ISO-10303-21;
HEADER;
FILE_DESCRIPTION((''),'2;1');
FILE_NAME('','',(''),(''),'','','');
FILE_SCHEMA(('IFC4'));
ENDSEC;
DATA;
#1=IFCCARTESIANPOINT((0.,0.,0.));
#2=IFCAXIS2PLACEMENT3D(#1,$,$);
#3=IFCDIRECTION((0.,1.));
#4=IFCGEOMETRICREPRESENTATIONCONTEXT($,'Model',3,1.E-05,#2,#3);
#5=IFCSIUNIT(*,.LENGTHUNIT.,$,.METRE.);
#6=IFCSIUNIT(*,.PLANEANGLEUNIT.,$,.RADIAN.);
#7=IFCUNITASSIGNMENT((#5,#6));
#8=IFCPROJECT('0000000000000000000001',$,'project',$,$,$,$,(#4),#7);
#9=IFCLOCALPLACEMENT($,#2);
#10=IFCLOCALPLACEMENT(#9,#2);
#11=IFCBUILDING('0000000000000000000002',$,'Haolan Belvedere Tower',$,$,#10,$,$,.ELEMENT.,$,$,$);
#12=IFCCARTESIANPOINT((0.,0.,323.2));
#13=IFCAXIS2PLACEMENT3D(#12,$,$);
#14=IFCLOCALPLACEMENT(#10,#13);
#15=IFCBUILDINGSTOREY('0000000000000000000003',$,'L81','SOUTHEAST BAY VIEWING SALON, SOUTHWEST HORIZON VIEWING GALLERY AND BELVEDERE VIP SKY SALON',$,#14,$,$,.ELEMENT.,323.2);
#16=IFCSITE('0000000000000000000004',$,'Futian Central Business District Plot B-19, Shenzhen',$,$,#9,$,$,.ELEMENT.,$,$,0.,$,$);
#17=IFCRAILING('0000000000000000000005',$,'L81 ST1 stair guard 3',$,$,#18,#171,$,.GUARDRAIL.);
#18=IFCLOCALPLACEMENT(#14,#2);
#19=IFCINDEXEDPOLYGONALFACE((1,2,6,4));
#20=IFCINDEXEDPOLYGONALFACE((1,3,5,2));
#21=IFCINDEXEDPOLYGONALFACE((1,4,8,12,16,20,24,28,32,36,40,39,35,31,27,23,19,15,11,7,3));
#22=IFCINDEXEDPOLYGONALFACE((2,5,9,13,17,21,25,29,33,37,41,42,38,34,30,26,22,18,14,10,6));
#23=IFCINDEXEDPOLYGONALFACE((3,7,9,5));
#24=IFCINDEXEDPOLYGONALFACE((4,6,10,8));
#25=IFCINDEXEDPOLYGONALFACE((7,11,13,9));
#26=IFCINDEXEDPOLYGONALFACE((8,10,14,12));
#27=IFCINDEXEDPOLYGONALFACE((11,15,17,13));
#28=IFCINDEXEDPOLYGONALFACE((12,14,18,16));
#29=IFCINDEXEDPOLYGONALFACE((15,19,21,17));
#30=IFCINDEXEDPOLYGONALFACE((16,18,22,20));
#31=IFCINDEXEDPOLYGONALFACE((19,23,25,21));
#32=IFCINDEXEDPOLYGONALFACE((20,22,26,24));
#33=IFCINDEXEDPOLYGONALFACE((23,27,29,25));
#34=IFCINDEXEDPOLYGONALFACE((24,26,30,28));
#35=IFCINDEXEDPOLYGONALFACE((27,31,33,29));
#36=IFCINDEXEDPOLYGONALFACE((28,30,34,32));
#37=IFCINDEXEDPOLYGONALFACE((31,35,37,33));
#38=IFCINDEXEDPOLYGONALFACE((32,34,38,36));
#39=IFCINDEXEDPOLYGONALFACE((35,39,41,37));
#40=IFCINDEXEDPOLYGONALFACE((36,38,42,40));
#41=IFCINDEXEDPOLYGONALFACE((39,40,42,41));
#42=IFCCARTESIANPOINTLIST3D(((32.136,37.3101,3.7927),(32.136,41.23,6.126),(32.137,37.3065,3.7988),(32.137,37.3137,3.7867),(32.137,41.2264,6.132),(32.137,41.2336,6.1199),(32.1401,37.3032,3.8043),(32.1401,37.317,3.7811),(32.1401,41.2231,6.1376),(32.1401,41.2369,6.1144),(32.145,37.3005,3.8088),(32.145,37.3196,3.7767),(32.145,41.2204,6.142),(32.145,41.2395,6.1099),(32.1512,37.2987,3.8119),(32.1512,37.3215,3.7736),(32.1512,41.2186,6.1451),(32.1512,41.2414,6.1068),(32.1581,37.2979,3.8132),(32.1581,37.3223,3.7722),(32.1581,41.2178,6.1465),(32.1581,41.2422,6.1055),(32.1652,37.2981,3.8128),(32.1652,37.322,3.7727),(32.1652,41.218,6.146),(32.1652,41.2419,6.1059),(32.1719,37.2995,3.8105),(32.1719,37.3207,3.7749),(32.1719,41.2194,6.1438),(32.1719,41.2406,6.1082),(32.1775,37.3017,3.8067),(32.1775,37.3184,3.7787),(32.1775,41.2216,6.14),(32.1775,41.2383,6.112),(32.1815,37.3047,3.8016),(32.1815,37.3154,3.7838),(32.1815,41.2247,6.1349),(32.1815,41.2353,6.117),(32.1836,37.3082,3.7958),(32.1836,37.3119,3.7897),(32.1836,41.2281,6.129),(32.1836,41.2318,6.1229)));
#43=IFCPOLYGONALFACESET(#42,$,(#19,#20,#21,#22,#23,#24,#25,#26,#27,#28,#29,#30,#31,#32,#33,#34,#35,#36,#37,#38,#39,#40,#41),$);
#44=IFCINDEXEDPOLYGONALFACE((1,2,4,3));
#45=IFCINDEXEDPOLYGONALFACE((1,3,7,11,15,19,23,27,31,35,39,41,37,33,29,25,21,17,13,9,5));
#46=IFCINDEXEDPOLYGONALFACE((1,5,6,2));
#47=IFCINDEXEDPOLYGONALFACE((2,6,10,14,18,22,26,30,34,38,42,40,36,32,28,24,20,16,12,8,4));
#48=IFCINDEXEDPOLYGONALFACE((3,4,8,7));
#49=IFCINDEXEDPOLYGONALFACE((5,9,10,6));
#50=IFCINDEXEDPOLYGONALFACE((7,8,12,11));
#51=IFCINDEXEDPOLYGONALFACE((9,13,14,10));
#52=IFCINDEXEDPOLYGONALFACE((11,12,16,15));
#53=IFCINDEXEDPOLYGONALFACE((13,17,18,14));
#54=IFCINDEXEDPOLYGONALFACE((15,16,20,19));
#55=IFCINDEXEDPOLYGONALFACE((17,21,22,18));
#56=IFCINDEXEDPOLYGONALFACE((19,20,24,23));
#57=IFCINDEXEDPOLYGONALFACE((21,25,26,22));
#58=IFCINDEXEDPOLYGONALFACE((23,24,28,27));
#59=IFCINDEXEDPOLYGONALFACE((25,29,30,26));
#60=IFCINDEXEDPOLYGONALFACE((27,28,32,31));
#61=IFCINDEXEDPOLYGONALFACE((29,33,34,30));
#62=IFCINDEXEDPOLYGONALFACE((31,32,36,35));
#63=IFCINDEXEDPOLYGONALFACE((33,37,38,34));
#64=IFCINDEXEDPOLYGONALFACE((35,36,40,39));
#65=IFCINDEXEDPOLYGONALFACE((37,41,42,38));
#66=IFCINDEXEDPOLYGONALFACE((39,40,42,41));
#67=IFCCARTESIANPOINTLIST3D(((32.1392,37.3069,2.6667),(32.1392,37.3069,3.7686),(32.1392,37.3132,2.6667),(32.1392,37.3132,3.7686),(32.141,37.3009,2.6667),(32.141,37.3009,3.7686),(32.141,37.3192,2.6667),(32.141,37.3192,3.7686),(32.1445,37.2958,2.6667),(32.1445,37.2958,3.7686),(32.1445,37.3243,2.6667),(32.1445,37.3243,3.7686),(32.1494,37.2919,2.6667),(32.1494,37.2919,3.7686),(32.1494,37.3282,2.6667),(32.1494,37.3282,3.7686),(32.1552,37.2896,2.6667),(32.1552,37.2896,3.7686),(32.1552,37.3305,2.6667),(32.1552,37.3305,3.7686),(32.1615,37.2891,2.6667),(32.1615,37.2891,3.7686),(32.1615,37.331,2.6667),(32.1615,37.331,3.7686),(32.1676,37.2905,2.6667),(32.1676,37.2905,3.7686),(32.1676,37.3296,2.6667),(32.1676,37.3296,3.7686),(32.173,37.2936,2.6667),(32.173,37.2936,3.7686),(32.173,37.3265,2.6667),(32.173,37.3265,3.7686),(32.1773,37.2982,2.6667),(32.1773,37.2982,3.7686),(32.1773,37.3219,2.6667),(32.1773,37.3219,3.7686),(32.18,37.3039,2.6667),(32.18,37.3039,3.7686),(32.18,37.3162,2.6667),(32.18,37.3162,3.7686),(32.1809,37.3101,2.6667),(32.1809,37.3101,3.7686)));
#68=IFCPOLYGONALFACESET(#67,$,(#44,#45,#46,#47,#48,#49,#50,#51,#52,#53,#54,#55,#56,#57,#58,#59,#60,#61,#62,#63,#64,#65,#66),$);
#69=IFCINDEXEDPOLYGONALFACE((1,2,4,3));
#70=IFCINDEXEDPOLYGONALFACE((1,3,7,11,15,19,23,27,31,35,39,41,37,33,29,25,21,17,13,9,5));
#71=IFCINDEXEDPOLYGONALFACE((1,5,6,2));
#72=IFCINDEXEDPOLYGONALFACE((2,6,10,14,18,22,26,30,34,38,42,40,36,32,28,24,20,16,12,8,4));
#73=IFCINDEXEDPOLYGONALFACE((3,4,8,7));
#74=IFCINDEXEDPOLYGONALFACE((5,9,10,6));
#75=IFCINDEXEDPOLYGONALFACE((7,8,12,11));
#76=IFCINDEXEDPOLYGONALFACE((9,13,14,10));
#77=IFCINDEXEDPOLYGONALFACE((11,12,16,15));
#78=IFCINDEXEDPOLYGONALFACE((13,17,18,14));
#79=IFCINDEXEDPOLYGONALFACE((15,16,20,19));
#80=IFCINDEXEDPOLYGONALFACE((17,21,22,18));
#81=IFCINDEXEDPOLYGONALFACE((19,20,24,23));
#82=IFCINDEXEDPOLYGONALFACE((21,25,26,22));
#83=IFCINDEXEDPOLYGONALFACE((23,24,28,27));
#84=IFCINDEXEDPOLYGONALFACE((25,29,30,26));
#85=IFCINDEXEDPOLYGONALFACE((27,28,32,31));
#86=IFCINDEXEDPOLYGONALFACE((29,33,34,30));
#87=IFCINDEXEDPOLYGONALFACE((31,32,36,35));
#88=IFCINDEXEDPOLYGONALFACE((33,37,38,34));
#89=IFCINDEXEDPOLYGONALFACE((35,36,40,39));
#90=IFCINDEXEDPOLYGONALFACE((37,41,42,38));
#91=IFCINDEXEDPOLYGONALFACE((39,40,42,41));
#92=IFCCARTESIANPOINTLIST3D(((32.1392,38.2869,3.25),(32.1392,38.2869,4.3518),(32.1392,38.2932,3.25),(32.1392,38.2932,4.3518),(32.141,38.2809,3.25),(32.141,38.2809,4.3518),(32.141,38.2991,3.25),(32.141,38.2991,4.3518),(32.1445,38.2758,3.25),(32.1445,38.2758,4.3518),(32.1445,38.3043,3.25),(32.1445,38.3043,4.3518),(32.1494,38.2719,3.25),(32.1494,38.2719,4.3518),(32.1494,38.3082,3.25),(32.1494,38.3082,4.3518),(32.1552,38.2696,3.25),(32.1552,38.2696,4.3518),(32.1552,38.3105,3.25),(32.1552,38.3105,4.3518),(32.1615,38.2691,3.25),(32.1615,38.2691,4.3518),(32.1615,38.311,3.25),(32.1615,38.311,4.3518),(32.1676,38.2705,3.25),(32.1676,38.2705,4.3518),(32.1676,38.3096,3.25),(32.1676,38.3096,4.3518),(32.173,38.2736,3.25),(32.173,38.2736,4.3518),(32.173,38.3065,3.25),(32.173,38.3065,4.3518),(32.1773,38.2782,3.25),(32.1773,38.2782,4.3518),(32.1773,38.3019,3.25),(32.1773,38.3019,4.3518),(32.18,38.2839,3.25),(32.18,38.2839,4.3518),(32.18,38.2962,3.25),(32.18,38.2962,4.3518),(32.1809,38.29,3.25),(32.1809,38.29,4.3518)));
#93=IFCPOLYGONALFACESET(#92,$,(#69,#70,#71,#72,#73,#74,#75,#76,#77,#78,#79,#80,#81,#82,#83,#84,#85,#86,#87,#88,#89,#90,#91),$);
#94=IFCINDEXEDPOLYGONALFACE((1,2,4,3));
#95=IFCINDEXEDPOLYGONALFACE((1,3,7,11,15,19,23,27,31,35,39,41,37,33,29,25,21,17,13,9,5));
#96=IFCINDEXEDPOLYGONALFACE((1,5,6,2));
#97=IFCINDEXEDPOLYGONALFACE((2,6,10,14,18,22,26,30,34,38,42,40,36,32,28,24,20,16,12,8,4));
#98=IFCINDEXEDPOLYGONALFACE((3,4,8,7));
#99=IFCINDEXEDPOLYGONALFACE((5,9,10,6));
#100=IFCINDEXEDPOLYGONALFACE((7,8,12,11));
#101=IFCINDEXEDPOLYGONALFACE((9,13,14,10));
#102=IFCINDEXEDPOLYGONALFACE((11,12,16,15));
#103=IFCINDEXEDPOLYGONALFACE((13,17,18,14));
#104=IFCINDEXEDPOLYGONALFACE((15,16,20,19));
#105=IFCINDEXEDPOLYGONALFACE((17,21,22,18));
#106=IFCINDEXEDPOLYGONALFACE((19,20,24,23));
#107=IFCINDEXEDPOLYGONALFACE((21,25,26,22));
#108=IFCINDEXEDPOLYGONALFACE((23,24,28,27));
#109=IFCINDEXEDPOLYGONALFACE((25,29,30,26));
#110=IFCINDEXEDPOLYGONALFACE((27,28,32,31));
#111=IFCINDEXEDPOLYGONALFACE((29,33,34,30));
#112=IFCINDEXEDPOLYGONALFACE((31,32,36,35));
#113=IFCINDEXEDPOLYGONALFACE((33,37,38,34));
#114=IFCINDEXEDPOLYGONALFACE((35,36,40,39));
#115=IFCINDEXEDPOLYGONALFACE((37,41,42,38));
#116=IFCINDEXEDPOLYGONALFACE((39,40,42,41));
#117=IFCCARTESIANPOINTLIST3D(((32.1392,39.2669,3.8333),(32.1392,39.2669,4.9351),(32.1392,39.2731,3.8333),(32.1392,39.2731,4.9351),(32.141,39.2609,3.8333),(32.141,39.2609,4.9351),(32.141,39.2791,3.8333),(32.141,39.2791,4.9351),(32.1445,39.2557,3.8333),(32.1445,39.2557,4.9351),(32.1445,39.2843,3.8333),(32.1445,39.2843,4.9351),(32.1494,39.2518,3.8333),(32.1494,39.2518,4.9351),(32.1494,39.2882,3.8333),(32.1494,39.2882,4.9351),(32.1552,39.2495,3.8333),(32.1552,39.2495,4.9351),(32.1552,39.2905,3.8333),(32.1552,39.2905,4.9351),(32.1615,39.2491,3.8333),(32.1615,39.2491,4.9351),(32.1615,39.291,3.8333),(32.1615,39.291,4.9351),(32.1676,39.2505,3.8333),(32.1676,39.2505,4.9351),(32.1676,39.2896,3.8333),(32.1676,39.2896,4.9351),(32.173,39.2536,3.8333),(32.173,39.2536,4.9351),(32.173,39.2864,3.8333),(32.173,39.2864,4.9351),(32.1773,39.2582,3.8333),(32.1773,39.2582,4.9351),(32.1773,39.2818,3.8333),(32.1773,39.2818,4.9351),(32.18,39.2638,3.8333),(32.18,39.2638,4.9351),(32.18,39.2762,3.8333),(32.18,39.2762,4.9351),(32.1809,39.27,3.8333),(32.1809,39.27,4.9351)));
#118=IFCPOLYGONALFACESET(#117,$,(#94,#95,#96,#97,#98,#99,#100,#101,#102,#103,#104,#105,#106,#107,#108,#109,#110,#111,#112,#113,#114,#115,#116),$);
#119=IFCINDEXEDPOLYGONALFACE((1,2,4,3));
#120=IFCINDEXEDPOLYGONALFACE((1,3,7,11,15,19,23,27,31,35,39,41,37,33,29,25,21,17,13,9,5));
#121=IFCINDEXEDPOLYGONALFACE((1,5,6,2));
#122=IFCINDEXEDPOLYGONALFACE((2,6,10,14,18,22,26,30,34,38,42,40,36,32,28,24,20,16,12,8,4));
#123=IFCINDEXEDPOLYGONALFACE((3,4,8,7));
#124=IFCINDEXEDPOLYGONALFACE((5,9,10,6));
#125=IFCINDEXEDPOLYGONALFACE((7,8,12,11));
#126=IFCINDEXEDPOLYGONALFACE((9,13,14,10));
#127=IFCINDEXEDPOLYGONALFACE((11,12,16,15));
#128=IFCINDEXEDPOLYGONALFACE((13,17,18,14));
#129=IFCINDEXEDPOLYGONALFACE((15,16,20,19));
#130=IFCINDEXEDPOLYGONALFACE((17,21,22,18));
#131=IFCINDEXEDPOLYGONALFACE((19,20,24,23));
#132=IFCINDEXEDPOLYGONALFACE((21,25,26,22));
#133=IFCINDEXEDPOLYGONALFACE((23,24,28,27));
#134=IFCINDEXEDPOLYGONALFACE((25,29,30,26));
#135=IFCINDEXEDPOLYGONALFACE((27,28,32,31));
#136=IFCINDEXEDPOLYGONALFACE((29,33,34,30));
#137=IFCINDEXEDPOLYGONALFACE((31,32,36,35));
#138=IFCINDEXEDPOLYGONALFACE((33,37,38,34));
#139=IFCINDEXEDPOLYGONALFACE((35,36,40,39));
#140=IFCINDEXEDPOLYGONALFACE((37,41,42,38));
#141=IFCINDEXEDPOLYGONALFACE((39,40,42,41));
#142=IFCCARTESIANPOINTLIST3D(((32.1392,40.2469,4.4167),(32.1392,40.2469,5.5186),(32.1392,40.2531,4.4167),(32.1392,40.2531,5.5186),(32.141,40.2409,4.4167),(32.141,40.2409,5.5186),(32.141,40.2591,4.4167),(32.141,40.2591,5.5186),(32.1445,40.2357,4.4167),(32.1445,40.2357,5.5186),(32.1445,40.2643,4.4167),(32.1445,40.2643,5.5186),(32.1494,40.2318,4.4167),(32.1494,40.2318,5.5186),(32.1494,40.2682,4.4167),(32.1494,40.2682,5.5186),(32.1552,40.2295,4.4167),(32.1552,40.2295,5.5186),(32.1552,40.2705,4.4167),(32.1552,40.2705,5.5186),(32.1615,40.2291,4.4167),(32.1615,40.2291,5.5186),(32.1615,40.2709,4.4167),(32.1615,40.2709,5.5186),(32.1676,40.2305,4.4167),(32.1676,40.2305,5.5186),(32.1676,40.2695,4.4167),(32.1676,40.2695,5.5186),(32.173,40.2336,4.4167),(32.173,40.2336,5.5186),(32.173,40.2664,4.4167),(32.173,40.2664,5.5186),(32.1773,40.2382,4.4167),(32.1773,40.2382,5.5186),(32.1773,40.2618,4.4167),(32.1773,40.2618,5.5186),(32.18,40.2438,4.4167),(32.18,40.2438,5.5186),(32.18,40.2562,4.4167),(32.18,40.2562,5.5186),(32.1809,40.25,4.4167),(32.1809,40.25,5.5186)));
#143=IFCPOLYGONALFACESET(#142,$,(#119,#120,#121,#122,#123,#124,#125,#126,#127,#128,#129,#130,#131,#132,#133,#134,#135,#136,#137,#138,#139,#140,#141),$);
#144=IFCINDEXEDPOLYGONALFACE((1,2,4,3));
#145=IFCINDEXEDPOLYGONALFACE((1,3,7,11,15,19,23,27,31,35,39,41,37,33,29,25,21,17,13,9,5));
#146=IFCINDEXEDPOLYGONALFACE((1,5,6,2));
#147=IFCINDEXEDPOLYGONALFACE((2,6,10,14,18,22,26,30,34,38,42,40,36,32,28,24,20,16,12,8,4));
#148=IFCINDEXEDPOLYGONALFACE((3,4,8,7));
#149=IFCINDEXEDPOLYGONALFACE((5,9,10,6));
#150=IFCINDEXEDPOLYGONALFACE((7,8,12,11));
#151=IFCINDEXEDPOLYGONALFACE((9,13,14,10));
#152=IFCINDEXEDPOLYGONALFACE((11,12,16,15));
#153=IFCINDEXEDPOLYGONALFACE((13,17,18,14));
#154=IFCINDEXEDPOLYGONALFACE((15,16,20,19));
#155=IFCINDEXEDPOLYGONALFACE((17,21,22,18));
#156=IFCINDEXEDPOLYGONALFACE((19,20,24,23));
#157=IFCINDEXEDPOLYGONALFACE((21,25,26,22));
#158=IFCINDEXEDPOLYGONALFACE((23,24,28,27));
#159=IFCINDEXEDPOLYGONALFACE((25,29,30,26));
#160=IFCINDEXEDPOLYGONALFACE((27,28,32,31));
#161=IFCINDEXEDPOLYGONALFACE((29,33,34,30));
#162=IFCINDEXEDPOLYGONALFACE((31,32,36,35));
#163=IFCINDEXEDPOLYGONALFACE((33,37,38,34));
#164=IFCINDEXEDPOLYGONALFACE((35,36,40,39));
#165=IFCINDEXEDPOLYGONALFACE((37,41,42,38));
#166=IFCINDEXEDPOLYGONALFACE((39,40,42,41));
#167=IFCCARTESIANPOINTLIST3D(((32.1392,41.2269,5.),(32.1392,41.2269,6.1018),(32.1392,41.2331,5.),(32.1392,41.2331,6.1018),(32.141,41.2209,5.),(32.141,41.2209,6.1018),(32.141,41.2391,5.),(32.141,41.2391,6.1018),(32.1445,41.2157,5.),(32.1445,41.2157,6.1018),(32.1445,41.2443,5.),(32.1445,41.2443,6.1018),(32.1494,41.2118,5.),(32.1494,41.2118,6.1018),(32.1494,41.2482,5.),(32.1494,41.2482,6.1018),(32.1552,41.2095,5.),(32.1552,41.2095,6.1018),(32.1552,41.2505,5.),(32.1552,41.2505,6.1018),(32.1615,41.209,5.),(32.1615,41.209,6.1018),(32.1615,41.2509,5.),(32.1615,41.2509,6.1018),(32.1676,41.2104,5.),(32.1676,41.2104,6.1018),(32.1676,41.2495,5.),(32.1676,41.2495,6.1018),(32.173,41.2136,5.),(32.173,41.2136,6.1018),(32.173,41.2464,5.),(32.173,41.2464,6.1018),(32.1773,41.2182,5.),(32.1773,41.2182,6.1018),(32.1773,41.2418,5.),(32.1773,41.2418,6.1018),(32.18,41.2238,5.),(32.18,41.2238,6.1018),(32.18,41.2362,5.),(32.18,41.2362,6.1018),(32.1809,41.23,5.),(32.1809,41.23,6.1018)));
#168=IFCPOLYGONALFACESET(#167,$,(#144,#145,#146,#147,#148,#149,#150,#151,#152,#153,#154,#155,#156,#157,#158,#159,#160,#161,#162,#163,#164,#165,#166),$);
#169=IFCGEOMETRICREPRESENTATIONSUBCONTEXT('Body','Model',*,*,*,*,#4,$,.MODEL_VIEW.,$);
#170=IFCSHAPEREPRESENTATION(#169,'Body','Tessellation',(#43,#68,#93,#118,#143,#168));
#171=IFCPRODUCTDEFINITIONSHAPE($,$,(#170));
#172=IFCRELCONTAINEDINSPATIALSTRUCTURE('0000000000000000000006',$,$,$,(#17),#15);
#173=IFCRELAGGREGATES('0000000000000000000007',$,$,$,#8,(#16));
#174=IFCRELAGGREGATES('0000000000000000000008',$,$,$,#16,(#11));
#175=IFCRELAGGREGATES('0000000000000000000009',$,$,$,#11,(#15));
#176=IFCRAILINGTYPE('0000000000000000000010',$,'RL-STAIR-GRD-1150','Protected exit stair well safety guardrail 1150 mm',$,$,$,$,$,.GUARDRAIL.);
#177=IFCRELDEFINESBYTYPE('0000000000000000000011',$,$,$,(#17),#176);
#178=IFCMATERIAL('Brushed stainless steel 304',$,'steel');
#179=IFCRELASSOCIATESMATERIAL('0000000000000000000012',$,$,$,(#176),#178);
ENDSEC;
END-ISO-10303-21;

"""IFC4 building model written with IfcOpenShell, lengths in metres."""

from ifc_helpers import new_model, si_unit, direction, frame, origin, origin_2d, place, context, subcontext, project, spatial, circle, extrude, material, type_object, element, save


model = new_model("IFC4")

# Units and contexts
model_context = context("Model", 3, precision=1e-05, world=origin(), true_north=direction((0.0, 1.0)))
body_context = subcontext(model_context, "Body", "Model", "MODEL_VIEW")
ifc_project = project(units=[si_unit("LENGTHUNIT", "METRE"), si_unit("PLANEANGLEUNIT", "RADIAN")], contexts=[model_context])

# Site, building, storey
site_placement = place(None, origin())
site = spatial("IfcSite", under=ifc_project, at=site_placement, Name="Futian Central Business District Plot B-19, Shenzhen", CompositionType="ELEMENT", RefElevation=0.0)
building_placement = place(site_placement, origin())
building = spatial("IfcBuilding", under=site, at=building_placement, Name="Haolan Belvedere Tower", CompositionType="ELEMENT")
storey_placement = place(building_placement, frame((0.0, 0.0, 323.2)))
storey = spatial("IfcBuildingStorey", under=building, at=storey_placement, Name="L81", Description="SOUTHEAST BAY VIEWING SALON, SOUTHWEST HORIZON VIEWING GALLERY AND BELVEDERE VIP SKY SALON", CompositionType="ELEMENT", Elevation=323.2)

# Railing
ifc_material_1 = material(Name="Brushed stainless steel 304", Category="steel")
railing_type_1 = type_object("IfcRailingType", Name="RL-STAIR-GRD-1150", Description="Protected exit stair well safety guardrail 1150 mm", PredefinedType="GUARDRAIL", material=ifc_material_1)
railing_1_placement = place(storey_placement, frame((32.1599, 37.3101, 2.6667)))
element("IfcRailing", 1, at=railing_1_placement, inside=storey, type_object=railing_type_1, Name="L81 ST1 stair guard 3", PredefinedType="GUARDRAIL", context=body_context, shape_type="SweptSolid", body=[
    extrude(circle(Radius=0.0239, at=origin_2d()), frame((0.0, 0.0, 1.126), z_axis=(0.0, 0.859296, 0.511478), x_axis=(-1.0, 0.0, 0.0)), (0.0, 0.0, 1.0), 4.5618),
    extrude(circle(Radius=0.021, at=origin_2d()), origin(), (0.0, 0.0, 1.0), 1.1018),
    extrude(circle(Radius=0.021, at=origin_2d()), frame((0.0, 0.98, 0.5833)), (0.0, 0.0, 1.0), 1.1018),
    extrude(circle(Radius=0.021, at=origin_2d()), frame((0.0, 1.96, 1.1665)), (0.0, 0.0, 1.0), 1.1018),
    extrude(circle(Radius=0.021, at=origin_2d()), frame((0.0, 2.9399, 1.75)), (0.0, 0.0, 1.0), 1.1018),
    extrude(circle(Radius=0.021, at=origin_2d()), frame((0.0, 3.9199, 2.3333)), (0.0, 0.0, 1.0), 1.1018),
])

save(model, "model.ifc")
